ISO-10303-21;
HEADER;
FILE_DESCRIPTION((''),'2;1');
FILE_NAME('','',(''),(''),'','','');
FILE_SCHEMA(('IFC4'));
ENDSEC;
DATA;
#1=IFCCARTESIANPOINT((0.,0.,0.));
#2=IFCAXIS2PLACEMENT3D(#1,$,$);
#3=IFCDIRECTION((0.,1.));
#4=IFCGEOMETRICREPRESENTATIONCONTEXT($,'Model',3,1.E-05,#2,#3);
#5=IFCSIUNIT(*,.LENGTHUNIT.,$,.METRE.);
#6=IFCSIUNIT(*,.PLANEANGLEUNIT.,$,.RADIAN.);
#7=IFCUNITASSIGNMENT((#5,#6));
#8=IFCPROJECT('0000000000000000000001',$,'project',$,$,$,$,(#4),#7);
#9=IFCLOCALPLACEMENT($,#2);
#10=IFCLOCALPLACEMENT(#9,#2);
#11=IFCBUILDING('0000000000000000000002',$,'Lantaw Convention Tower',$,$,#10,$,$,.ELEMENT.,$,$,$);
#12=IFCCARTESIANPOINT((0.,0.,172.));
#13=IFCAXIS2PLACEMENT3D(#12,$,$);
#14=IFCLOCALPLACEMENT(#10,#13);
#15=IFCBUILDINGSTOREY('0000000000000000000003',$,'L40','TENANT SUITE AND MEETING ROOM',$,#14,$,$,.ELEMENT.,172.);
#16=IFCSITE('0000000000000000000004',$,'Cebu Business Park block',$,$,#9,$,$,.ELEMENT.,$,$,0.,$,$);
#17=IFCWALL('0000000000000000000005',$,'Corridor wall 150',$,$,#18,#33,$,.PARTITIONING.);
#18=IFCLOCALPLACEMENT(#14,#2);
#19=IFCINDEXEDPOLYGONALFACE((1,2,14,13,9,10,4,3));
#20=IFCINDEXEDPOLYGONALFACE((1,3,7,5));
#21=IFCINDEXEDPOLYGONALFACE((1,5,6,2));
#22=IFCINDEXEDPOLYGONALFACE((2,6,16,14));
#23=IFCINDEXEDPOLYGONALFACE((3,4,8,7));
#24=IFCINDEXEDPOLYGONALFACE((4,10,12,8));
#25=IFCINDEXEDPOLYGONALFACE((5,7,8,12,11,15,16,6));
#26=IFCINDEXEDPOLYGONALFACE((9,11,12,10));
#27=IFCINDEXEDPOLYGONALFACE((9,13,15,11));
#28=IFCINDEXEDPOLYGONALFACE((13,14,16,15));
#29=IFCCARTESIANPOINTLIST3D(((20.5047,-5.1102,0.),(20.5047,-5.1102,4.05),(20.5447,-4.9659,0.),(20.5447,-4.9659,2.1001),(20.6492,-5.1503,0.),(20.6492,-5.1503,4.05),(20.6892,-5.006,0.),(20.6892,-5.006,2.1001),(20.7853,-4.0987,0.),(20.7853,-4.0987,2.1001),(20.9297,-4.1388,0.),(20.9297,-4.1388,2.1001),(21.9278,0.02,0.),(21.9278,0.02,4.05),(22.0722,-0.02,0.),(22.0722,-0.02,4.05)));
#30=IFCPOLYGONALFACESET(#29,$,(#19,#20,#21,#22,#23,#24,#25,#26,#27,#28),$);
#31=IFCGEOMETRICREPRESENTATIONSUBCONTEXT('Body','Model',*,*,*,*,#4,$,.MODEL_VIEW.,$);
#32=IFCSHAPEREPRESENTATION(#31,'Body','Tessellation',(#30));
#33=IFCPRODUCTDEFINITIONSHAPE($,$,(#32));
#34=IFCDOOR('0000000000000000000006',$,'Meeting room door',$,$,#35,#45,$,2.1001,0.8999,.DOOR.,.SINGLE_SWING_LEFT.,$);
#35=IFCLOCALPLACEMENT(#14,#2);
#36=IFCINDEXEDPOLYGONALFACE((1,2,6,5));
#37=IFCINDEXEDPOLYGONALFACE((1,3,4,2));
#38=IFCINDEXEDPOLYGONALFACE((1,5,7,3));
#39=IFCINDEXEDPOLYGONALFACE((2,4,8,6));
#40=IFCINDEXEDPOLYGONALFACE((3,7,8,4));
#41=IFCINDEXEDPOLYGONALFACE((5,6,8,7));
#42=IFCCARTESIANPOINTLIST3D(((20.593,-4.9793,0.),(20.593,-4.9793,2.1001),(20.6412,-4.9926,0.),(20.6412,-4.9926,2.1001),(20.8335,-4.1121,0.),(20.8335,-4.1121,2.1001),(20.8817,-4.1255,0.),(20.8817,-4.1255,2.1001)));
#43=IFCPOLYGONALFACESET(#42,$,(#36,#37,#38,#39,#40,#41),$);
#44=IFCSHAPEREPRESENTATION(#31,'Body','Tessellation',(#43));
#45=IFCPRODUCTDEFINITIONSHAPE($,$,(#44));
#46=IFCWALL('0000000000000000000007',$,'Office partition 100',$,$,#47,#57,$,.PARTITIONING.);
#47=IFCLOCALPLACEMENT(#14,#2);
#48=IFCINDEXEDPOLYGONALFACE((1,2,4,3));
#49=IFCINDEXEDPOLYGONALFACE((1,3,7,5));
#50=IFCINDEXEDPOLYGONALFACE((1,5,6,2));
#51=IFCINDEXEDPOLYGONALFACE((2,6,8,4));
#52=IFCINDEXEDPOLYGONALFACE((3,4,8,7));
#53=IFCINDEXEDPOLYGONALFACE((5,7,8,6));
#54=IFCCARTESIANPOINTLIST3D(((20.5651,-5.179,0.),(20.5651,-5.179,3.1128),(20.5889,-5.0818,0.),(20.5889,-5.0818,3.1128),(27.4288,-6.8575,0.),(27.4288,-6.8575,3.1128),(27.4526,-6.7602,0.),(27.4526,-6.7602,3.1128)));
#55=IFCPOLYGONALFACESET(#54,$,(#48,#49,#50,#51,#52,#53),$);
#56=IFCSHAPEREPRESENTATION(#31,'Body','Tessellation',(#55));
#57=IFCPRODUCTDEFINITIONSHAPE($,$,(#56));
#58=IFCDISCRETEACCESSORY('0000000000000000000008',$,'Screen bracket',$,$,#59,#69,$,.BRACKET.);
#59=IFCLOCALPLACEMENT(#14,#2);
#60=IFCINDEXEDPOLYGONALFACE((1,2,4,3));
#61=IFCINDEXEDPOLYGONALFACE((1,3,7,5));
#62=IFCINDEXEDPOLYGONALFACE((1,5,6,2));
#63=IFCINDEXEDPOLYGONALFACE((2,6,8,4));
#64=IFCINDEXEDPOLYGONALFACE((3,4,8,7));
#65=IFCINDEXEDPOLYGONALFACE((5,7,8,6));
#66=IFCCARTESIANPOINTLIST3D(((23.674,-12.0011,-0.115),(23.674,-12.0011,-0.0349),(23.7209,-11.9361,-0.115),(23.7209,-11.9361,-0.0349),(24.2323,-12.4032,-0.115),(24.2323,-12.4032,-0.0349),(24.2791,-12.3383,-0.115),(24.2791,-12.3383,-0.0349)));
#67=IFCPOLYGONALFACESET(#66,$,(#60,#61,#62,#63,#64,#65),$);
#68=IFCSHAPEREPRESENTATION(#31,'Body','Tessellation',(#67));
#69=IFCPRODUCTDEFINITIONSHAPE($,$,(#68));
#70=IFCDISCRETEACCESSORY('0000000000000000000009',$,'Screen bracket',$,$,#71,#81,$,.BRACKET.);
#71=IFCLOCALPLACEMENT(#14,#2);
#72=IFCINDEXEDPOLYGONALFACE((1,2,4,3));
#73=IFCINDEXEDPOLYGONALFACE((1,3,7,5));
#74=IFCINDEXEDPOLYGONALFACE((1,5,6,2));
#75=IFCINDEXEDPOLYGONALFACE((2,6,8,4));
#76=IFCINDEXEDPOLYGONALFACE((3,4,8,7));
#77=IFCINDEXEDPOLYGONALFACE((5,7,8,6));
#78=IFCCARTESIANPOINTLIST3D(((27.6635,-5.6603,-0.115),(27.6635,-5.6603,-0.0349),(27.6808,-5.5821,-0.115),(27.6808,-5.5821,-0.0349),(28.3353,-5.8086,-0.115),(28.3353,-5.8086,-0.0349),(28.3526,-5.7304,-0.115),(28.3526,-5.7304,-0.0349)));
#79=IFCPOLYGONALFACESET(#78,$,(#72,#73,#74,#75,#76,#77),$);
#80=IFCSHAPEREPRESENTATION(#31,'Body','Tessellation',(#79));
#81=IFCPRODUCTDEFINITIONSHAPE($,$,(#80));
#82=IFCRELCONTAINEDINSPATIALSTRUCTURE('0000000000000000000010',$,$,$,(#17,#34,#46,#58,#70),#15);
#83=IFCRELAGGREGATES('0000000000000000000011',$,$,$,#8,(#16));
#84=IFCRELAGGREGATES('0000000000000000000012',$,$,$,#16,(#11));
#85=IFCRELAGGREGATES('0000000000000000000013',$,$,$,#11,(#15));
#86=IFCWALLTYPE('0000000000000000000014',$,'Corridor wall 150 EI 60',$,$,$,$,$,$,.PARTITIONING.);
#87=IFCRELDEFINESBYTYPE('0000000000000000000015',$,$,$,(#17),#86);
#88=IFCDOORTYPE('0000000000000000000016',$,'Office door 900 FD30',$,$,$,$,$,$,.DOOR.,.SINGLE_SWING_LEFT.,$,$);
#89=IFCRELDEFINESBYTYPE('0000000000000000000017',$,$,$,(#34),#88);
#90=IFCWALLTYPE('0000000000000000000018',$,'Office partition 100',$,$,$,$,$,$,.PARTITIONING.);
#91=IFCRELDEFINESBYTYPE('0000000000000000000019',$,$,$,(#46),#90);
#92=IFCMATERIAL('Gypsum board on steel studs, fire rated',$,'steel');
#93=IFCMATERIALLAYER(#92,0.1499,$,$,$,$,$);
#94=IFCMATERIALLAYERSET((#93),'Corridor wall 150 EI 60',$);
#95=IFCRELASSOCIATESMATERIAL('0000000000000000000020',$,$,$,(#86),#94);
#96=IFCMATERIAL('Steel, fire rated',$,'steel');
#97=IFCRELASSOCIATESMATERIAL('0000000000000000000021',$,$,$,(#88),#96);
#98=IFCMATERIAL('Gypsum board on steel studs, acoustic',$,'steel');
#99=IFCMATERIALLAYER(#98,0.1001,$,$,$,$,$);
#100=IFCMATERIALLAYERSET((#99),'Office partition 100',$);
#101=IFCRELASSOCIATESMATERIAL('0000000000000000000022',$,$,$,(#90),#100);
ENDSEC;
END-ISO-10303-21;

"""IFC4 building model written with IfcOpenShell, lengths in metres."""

from ifc_helpers import new_model, si_unit, direction, frame, frame_2d, origin, origin_2d, place, context, subcontext, project, spatial, rectangle, extrude, material, layer, layer_set, type_object, element, fill, save


model = new_model("IFC4")

# Units and contexts
model_context = context("Model", 3, precision=1e-05, world=origin(), true_north=direction((0.0, 1.0)))
body_context = subcontext(model_context, "Body", "Model", "MODEL_VIEW")
ifc_project = project(units=[si_unit("LENGTHUNIT", "METRE"), si_unit("PLANEANGLEUNIT", "RADIAN")], contexts=[model_context])

# Site, building, storey
site_placement = place(None, origin())
site = spatial("IfcSite", under=ifc_project, at=site_placement, Name="Cebu Business Park block", CompositionType="ELEMENT", RefElevation=0.0)
building_placement = place(site_placement, origin())
building = spatial("IfcBuilding", under=site, at=building_placement, Name="Lantaw Convention Tower", CompositionType="ELEMENT")
storey_placement = place(building_placement, frame((0.0, 0.0, 172.0)))
storey = spatial("IfcBuildingStorey", under=building, at=storey_placement, Name="L40", Description="TENANT SUITE AND MEETING ROOM", CompositionType="ELEMENT", Elevation=172.0)

# Shared definitions
ifc_material_1 = material(Name="Gypsum board on steel studs, fire rated", Category="steel")
ifc_layer_1 = layer(ifc_material_1, 0.1499)
ifc_layer_set_1 = layer_set([ifc_layer_1], Name="Corridor wall 150 EI 60")
wall_type_1 = type_object("IfcWallType", Name="Corridor wall 150 EI 60", PredefinedType="PARTITIONING", material=ifc_layer_set_1)

# Wall, opening, door
wall_1_placement = place(storey_placement, frame((20.5769, -5.1304, 0.0), z_axis=(0.0, 0.0, 1.0), x_axis=(0.267294, 0.963615, 0.0)))
wall_1 = element("IfcWall", 1, at=wall_1_placement, inside=storey, type_object=wall_type_1, Name="Corridor wall 150", PredefinedType="PARTITIONING", context=body_context, shape_type="SweptSolid", body=[
    extrude(rectangle(XDim=5.324, YDim=0.1499, at=frame_2d((2.6621, 0.0))), origin(), (0.0, 0.0, 1.0), 4.05),
])
opening_placement = place(wall_1_placement, frame((0.1499, 0.0, 0.0)))
opening = element("IfcOpeningElement", 2, at=opening_placement, cuts=wall_1, PredefinedType="OPENING", context=body_context, shape_type="SweptSolid", body=[
    extrude(rectangle(XDim=0.8999, YDim=2.1001, at=frame_2d((0.45, 1.05))), frame((0.0, 0.085, 0.0), z_axis=(0.0, -1.0, 0.0), x_axis=(1.0, 0.0, 0.0)), (0.0, 0.0, 1.0), 0.1699),
])
ifc_material_2 = material(Name="Steel, fire rated", Category="steel")
door_type = type_object("IfcDoorType", Name="Office door 900 FD30", OperationType="SINGLE_SWING_LEFT", PredefinedType="DOOR", material=ifc_material_2)
door_placement = place(opening_placement, origin())
door = element("IfcDoor", 3, at=door_placement, inside=storey, type_object=door_type, Name="Meeting room door", OperationType="SINGLE_SWING_LEFT", OverallHeight=2.1001, OverallWidth=0.8999, PredefinedType="DOOR", context=body_context, shape_type="SweptSolid", body=[
    extrude(rectangle(XDim=0.8999, YDim=2.1001, at=frame_2d((0.45, 1.05))), frame((0.0, 0.0249, 0.0), z_axis=(0.0, -1.0, 0.0), x_axis=(1.0, 0.0, 0.0)), (0.0, 0.0, 1.0), 0.05),
])
fill(opening, door)

# Wall
ifc_material_3 = material(Name="Gypsum board on steel studs, acoustic", Category="steel")
ifc_layer_2 = layer(ifc_material_3, 0.1001)
ifc_layer_set_2 = layer_set([ifc_layer_2], Name="Office partition 100")
wall_type_2 = type_object("IfcWallType", Name="Office partition 100", PredefinedType="PARTITIONING", material=ifc_layer_set_2)
wall_2_placement = place(storey_placement, frame((27.4407, -6.8088, 0.0), z_axis=(0.0, 0.0, 1.0), x_axis=(-0.971378, 0.237541, 0.0)))
element("IfcWall", 4, at=wall_2_placement, inside=storey, type_object=wall_type_2, Name="Office partition 100", PredefinedType="PARTITIONING", context=body_context, shape_type="SweptSolid", body=[
    extrude(rectangle(XDim=7.0659, YDim=0.1001, at=frame_2d((3.533, 0.0))), origin(), (0.0, 0.0, 1.0), 3.1128),
])

# Discrete accessories
for number, where, z_axis, x_axis, name in (
    (5, (23.9766, -12.1697, -0.115), (0.0, 0.0, 1.0), (0.584513, 0.811385, 0.0), "Screen bracket"),
    (6, (28.0081, -5.6953, -0.115), (0.0, 0.0, 1.0), (0.215546, 0.976494, 0.0), "Screen bracket"),
):
    element("IfcDiscreteAccessory", number, at=place(storey_placement, frame(where, z_axis=z_axis, x_axis=x_axis)), inside=storey, Name=name, PredefinedType="BRACKET", context=body_context, shape_type="SweptSolid", body=[
        extrude(rectangle(XDim=0.0801, YDim=0.688, at=origin_2d()), origin(), (0.0, 0.0, 1.0), 0.0801),
    ])

save(model, "model.ifc")
